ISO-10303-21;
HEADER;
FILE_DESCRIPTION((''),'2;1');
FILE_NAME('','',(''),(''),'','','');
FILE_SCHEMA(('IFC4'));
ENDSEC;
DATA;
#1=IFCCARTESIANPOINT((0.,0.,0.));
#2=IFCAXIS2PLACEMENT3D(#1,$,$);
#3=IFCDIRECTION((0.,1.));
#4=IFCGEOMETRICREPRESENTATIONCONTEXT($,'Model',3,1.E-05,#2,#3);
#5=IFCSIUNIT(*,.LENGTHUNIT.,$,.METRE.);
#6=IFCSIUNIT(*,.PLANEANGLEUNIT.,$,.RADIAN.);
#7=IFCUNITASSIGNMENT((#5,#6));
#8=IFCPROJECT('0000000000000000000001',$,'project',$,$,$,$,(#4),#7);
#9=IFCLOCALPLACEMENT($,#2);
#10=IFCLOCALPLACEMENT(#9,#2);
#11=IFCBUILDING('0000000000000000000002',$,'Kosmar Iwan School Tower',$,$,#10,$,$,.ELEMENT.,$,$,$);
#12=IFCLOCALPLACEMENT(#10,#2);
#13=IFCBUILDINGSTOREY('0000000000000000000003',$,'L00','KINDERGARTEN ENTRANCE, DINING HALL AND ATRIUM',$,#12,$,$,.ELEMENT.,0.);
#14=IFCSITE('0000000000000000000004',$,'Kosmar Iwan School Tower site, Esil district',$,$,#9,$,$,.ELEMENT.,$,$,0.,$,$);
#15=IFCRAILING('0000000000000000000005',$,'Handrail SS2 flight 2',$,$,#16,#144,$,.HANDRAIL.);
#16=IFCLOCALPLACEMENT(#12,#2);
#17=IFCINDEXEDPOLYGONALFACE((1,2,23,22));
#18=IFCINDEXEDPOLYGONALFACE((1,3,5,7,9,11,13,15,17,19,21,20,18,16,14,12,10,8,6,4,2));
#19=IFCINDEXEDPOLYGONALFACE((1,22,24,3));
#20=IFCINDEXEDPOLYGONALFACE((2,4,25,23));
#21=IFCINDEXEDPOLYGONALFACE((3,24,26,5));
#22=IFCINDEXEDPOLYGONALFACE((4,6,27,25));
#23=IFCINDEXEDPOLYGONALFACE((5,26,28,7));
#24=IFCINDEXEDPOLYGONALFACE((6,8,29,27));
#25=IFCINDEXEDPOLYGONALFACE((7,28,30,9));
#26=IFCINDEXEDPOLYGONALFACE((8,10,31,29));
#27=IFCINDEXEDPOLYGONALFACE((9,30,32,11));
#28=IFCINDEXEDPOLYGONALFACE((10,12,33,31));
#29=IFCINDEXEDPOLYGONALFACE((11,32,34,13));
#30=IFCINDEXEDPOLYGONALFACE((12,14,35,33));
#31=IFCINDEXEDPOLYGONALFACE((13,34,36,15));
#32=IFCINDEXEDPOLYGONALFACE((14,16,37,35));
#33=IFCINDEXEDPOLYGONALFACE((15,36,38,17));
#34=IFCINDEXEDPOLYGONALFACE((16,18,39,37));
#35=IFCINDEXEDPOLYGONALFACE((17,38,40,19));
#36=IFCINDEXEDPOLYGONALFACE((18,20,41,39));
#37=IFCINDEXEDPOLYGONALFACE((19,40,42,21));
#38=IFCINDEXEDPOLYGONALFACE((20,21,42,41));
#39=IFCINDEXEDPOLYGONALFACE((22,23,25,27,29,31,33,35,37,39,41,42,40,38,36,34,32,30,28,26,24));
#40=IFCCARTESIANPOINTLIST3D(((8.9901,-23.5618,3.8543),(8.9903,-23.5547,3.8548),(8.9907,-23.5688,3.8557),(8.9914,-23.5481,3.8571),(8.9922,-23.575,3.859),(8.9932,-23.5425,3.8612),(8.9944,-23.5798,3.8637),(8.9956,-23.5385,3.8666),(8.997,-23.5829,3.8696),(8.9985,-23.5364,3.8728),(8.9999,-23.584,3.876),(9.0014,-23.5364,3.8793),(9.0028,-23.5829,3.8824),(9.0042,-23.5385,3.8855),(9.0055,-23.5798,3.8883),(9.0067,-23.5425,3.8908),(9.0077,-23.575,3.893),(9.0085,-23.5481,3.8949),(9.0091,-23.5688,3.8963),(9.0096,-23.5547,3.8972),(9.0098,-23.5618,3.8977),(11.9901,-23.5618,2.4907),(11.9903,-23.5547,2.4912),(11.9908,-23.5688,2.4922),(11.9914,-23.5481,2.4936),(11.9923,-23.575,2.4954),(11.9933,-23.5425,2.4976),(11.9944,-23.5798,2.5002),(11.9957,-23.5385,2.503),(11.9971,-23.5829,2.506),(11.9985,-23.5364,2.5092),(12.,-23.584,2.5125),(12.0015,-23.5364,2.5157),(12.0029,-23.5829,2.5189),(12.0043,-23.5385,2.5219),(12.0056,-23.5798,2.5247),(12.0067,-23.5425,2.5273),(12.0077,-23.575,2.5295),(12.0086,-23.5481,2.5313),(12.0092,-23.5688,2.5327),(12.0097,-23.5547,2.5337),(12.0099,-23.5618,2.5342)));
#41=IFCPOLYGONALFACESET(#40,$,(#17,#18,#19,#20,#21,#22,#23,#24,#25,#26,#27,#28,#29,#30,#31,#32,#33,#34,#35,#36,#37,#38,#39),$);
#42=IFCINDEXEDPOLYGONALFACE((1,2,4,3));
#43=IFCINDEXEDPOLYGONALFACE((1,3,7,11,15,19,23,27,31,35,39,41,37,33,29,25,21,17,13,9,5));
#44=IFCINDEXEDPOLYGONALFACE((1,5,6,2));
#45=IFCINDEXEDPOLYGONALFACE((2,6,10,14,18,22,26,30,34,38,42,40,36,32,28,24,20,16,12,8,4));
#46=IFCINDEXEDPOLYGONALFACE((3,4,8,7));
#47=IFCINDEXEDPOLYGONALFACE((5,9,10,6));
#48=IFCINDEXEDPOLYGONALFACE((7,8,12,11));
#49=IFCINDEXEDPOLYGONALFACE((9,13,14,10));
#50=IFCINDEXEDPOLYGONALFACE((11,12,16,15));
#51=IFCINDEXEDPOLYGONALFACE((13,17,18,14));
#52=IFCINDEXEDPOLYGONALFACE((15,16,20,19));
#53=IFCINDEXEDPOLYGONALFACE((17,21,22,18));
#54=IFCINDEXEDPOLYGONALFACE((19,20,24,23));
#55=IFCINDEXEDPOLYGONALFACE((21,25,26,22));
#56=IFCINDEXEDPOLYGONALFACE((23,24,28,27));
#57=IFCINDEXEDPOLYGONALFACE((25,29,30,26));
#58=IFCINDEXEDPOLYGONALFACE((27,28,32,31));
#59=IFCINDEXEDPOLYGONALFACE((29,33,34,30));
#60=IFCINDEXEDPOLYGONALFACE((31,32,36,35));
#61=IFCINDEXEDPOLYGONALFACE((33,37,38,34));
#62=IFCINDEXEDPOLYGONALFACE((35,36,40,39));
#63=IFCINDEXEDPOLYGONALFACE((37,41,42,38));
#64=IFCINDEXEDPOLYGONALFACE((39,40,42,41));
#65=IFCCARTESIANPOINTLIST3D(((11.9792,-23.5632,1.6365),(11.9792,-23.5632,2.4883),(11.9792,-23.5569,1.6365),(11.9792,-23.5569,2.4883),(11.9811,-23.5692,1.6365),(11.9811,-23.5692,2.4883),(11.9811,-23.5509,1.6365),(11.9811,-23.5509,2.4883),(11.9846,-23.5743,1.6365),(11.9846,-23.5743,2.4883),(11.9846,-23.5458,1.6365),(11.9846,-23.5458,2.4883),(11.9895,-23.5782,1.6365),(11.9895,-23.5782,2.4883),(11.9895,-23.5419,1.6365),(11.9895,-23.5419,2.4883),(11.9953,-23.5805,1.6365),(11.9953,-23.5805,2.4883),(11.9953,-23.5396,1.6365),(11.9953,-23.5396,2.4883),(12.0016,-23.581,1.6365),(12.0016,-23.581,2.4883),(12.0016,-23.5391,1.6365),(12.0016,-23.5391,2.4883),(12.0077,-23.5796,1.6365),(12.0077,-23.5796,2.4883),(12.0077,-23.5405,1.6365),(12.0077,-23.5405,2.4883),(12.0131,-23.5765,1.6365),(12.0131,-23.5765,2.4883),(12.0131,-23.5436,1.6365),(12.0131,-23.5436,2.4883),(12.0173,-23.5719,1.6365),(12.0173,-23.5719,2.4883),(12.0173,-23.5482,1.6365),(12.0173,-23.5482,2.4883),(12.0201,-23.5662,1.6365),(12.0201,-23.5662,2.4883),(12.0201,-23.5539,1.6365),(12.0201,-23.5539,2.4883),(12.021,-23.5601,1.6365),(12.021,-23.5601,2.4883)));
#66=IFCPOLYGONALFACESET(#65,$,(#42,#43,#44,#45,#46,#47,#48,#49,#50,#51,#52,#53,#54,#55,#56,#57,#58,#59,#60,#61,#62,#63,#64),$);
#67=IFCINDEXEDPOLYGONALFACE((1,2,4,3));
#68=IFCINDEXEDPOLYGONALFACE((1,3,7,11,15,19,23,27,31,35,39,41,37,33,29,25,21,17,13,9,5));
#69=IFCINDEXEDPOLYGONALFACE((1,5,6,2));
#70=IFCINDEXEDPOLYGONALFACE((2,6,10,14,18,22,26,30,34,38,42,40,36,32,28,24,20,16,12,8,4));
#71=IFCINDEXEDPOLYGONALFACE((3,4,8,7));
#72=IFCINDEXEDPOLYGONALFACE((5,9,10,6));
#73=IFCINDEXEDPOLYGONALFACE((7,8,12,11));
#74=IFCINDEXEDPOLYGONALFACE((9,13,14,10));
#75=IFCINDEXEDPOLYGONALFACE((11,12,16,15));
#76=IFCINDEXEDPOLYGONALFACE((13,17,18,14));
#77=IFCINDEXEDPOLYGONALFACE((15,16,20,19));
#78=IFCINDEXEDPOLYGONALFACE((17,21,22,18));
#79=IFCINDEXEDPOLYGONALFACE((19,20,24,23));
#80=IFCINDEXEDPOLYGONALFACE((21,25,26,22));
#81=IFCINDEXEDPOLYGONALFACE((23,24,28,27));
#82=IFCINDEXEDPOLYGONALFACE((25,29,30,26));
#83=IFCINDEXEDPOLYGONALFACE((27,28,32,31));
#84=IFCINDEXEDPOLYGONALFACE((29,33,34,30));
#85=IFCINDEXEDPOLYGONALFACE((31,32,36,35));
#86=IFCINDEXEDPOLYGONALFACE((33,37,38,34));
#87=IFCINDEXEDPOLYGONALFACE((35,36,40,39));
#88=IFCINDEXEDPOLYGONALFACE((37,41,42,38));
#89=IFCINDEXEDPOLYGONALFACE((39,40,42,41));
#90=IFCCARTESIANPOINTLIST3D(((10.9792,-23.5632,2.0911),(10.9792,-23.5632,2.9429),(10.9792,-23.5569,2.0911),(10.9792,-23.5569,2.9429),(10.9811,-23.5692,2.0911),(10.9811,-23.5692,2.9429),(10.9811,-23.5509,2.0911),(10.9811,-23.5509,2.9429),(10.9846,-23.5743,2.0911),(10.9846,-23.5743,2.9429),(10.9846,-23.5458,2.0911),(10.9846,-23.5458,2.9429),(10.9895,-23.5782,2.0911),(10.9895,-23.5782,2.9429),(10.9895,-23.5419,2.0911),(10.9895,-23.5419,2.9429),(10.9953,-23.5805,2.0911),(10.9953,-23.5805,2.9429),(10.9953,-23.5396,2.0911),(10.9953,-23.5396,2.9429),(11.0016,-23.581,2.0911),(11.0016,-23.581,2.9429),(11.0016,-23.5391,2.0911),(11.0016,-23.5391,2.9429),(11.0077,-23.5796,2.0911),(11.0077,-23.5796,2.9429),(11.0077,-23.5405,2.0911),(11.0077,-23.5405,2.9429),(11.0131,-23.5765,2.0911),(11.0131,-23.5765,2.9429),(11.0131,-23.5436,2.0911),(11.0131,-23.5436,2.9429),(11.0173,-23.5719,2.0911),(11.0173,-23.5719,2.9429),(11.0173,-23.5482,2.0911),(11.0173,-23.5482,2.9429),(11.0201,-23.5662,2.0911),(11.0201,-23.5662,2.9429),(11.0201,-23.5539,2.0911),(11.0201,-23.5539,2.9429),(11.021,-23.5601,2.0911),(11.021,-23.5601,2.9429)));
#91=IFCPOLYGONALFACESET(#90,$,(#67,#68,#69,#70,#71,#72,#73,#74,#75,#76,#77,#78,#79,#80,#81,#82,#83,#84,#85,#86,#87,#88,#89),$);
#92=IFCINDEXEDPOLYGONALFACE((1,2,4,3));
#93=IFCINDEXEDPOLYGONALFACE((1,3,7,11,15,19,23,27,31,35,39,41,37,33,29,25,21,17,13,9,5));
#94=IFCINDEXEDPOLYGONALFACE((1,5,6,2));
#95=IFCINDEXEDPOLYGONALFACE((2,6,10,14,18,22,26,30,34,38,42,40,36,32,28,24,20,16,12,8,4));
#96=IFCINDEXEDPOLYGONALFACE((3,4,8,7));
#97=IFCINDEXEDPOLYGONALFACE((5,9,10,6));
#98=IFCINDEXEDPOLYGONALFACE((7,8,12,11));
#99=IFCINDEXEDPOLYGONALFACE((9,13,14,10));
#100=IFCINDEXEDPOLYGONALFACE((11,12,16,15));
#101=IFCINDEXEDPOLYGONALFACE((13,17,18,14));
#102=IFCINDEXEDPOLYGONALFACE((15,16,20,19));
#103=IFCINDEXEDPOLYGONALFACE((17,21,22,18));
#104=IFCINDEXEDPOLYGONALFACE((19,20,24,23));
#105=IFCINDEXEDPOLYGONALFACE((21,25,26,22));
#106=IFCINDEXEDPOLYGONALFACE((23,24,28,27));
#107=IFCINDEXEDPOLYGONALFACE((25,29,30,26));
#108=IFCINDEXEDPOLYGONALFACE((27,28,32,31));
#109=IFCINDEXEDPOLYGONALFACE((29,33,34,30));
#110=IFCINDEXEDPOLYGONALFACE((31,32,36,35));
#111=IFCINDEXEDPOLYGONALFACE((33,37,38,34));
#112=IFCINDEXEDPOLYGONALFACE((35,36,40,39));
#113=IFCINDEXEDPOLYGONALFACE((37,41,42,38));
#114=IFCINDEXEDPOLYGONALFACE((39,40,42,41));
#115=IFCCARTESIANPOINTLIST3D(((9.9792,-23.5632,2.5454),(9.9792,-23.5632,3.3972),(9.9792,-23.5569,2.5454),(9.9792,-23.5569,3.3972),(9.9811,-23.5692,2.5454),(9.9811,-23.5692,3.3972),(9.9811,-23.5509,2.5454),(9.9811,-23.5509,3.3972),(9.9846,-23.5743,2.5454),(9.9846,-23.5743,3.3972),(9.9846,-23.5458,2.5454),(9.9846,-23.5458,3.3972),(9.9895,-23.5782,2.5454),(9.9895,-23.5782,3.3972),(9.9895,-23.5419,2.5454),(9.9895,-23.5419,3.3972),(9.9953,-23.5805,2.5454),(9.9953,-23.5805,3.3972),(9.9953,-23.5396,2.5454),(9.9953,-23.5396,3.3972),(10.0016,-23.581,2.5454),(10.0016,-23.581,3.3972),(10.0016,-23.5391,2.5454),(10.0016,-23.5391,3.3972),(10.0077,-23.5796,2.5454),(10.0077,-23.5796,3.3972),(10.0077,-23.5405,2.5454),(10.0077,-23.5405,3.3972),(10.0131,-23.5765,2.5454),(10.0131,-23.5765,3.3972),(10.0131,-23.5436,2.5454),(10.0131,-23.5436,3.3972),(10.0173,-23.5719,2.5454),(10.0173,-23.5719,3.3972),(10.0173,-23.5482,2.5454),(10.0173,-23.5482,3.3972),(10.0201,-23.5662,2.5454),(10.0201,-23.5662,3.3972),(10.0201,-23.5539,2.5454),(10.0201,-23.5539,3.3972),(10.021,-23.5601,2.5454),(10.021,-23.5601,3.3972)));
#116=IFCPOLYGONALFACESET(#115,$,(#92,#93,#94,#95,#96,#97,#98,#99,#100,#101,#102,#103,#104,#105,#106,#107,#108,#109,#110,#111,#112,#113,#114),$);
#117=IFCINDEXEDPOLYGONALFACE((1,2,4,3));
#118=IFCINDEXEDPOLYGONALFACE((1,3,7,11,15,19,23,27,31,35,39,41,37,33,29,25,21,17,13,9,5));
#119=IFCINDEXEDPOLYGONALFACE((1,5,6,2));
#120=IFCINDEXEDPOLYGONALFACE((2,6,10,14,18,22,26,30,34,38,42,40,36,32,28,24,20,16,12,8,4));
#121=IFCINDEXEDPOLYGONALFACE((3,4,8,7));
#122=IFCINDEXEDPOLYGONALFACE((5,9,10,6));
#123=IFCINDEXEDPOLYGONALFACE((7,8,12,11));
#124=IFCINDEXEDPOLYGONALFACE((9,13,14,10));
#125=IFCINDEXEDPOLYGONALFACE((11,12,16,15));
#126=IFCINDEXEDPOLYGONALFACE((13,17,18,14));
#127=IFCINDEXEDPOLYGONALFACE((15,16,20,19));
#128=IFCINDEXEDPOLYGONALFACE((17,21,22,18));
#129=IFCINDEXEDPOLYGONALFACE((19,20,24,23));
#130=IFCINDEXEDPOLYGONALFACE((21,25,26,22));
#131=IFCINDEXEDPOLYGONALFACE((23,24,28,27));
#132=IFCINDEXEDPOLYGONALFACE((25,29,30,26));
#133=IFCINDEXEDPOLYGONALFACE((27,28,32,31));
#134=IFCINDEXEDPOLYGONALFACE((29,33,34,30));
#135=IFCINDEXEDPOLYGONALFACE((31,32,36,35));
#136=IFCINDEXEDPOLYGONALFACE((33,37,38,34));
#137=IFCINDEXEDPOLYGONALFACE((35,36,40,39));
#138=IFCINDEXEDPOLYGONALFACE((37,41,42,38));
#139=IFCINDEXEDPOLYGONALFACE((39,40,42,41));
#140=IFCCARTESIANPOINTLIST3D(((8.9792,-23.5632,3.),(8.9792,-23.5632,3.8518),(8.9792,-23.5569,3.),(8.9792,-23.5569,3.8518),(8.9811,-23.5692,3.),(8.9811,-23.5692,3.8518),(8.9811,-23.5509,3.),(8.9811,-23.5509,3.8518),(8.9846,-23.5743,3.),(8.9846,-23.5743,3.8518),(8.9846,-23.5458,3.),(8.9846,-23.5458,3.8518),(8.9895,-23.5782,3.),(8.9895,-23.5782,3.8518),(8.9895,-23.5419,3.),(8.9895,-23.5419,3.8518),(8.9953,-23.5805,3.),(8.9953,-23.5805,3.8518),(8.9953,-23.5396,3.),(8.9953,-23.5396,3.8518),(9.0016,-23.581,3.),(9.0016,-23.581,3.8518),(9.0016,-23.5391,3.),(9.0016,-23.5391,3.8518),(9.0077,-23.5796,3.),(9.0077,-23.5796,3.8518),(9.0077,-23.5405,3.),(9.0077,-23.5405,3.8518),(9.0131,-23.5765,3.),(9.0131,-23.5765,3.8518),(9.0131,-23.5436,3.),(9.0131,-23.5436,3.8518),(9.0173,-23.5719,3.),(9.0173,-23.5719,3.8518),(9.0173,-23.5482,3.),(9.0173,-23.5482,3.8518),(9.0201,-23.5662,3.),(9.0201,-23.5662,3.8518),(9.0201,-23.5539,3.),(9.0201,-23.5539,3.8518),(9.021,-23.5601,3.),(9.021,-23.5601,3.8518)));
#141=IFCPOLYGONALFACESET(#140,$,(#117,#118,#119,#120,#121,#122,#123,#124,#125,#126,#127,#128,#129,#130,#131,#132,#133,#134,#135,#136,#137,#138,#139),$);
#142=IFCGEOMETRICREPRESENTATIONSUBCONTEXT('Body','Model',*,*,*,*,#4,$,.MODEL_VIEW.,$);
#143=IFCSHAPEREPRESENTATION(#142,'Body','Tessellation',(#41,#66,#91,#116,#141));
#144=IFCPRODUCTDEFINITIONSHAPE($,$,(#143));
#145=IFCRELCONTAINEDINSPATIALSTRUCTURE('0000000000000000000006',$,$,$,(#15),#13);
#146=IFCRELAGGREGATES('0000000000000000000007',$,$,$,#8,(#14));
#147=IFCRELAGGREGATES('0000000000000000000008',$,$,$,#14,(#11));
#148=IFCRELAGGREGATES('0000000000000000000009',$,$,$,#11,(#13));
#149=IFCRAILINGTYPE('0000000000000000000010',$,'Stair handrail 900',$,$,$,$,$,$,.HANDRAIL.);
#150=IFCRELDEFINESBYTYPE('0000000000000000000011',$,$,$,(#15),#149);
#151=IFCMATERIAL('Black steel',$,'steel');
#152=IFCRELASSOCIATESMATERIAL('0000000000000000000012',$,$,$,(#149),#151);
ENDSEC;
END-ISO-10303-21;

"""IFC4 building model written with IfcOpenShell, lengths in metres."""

from ifc_helpers import new_model, si_unit, direction, frame, origin, origin_2d, place, context, subcontext, project, spatial, circle, extrude, material, type_object, element, save


model = new_model("IFC4")

# Units and contexts
model_context = context("Model", 3, precision=1e-05, world=origin(), true_north=direction((0.0, 1.0)))
body_context = subcontext(model_context, "Body", "Model", "MODEL_VIEW")
ifc_project = project(units=[si_unit("LENGTHUNIT", "METRE"), si_unit("PLANEANGLEUNIT", "RADIAN")], contexts=[model_context])

# Site, building, storey
site_placement = place(None, origin())
site = spatial("IfcSite", under=ifc_project, at=site_placement, Name="Kosmar Iwan School Tower site, Esil district", CompositionType="ELEMENT", RefElevation=0.0)
building_placement = place(site_placement, origin())
building = spatial("IfcBuilding", under=site, at=building_placement, Name="Kosmar Iwan School Tower", CompositionType="ELEMENT")
storey_placement = place(building_placement, origin())
storey = spatial("IfcBuildingStorey", under=building, at=storey_placement, Name="L00", Description="KINDERGARTEN ENTRANCE, DINING HALL AND ATRIUM", CompositionType="ELEMENT", Elevation=0.0)

# Railing
ifc_material_1 = material(Name="Black steel", Category="steel")
railing_type = type_object("IfcRailingType", Name="Stair handrail 900", PredefinedType="HANDRAIL", material=ifc_material_1)
railing_1_placement = place(storey_placement, frame((12.0, -23.5601, 1.6365)))
element("IfcRailing", 1, at=railing_1_placement, inside=storey, type_object=railing_type, Name="Handrail SS2 flight 2", PredefinedType="HANDRAIL", context=body_context, shape_type="SweptSolid", body=[
    extrude(circle(Radius=0.0239, at=origin_2d()), frame((0.0, 0.0, 0.876), z_axis=(-0.910379, 0.0, 0.413775), x_axis=(0.0, -1.0, 0.0)), (0.0, 0.0, 1.0), 3.2954),
    extrude(circle(Radius=0.021, at=origin_2d()), origin(), (0.0, 0.0, 1.0), 0.8518),
    extrude(circle(Radius=0.021, at=origin_2d()), frame((-1.0, 0.0, 0.4546)), (0.0, 0.0, 1.0), 0.8518),
    extrude(circle(Radius=0.021, at=origin_2d()), frame((-2.0, 0.0, 0.9089)), (0.0, 0.0, 1.0), 0.8518),
    extrude(circle(Radius=0.021, at=origin_2d()), frame((-3.0, 0.0, 1.3635)), (0.0, 0.0, 1.0), 0.8518),
])

save(model, "model.ifc")
